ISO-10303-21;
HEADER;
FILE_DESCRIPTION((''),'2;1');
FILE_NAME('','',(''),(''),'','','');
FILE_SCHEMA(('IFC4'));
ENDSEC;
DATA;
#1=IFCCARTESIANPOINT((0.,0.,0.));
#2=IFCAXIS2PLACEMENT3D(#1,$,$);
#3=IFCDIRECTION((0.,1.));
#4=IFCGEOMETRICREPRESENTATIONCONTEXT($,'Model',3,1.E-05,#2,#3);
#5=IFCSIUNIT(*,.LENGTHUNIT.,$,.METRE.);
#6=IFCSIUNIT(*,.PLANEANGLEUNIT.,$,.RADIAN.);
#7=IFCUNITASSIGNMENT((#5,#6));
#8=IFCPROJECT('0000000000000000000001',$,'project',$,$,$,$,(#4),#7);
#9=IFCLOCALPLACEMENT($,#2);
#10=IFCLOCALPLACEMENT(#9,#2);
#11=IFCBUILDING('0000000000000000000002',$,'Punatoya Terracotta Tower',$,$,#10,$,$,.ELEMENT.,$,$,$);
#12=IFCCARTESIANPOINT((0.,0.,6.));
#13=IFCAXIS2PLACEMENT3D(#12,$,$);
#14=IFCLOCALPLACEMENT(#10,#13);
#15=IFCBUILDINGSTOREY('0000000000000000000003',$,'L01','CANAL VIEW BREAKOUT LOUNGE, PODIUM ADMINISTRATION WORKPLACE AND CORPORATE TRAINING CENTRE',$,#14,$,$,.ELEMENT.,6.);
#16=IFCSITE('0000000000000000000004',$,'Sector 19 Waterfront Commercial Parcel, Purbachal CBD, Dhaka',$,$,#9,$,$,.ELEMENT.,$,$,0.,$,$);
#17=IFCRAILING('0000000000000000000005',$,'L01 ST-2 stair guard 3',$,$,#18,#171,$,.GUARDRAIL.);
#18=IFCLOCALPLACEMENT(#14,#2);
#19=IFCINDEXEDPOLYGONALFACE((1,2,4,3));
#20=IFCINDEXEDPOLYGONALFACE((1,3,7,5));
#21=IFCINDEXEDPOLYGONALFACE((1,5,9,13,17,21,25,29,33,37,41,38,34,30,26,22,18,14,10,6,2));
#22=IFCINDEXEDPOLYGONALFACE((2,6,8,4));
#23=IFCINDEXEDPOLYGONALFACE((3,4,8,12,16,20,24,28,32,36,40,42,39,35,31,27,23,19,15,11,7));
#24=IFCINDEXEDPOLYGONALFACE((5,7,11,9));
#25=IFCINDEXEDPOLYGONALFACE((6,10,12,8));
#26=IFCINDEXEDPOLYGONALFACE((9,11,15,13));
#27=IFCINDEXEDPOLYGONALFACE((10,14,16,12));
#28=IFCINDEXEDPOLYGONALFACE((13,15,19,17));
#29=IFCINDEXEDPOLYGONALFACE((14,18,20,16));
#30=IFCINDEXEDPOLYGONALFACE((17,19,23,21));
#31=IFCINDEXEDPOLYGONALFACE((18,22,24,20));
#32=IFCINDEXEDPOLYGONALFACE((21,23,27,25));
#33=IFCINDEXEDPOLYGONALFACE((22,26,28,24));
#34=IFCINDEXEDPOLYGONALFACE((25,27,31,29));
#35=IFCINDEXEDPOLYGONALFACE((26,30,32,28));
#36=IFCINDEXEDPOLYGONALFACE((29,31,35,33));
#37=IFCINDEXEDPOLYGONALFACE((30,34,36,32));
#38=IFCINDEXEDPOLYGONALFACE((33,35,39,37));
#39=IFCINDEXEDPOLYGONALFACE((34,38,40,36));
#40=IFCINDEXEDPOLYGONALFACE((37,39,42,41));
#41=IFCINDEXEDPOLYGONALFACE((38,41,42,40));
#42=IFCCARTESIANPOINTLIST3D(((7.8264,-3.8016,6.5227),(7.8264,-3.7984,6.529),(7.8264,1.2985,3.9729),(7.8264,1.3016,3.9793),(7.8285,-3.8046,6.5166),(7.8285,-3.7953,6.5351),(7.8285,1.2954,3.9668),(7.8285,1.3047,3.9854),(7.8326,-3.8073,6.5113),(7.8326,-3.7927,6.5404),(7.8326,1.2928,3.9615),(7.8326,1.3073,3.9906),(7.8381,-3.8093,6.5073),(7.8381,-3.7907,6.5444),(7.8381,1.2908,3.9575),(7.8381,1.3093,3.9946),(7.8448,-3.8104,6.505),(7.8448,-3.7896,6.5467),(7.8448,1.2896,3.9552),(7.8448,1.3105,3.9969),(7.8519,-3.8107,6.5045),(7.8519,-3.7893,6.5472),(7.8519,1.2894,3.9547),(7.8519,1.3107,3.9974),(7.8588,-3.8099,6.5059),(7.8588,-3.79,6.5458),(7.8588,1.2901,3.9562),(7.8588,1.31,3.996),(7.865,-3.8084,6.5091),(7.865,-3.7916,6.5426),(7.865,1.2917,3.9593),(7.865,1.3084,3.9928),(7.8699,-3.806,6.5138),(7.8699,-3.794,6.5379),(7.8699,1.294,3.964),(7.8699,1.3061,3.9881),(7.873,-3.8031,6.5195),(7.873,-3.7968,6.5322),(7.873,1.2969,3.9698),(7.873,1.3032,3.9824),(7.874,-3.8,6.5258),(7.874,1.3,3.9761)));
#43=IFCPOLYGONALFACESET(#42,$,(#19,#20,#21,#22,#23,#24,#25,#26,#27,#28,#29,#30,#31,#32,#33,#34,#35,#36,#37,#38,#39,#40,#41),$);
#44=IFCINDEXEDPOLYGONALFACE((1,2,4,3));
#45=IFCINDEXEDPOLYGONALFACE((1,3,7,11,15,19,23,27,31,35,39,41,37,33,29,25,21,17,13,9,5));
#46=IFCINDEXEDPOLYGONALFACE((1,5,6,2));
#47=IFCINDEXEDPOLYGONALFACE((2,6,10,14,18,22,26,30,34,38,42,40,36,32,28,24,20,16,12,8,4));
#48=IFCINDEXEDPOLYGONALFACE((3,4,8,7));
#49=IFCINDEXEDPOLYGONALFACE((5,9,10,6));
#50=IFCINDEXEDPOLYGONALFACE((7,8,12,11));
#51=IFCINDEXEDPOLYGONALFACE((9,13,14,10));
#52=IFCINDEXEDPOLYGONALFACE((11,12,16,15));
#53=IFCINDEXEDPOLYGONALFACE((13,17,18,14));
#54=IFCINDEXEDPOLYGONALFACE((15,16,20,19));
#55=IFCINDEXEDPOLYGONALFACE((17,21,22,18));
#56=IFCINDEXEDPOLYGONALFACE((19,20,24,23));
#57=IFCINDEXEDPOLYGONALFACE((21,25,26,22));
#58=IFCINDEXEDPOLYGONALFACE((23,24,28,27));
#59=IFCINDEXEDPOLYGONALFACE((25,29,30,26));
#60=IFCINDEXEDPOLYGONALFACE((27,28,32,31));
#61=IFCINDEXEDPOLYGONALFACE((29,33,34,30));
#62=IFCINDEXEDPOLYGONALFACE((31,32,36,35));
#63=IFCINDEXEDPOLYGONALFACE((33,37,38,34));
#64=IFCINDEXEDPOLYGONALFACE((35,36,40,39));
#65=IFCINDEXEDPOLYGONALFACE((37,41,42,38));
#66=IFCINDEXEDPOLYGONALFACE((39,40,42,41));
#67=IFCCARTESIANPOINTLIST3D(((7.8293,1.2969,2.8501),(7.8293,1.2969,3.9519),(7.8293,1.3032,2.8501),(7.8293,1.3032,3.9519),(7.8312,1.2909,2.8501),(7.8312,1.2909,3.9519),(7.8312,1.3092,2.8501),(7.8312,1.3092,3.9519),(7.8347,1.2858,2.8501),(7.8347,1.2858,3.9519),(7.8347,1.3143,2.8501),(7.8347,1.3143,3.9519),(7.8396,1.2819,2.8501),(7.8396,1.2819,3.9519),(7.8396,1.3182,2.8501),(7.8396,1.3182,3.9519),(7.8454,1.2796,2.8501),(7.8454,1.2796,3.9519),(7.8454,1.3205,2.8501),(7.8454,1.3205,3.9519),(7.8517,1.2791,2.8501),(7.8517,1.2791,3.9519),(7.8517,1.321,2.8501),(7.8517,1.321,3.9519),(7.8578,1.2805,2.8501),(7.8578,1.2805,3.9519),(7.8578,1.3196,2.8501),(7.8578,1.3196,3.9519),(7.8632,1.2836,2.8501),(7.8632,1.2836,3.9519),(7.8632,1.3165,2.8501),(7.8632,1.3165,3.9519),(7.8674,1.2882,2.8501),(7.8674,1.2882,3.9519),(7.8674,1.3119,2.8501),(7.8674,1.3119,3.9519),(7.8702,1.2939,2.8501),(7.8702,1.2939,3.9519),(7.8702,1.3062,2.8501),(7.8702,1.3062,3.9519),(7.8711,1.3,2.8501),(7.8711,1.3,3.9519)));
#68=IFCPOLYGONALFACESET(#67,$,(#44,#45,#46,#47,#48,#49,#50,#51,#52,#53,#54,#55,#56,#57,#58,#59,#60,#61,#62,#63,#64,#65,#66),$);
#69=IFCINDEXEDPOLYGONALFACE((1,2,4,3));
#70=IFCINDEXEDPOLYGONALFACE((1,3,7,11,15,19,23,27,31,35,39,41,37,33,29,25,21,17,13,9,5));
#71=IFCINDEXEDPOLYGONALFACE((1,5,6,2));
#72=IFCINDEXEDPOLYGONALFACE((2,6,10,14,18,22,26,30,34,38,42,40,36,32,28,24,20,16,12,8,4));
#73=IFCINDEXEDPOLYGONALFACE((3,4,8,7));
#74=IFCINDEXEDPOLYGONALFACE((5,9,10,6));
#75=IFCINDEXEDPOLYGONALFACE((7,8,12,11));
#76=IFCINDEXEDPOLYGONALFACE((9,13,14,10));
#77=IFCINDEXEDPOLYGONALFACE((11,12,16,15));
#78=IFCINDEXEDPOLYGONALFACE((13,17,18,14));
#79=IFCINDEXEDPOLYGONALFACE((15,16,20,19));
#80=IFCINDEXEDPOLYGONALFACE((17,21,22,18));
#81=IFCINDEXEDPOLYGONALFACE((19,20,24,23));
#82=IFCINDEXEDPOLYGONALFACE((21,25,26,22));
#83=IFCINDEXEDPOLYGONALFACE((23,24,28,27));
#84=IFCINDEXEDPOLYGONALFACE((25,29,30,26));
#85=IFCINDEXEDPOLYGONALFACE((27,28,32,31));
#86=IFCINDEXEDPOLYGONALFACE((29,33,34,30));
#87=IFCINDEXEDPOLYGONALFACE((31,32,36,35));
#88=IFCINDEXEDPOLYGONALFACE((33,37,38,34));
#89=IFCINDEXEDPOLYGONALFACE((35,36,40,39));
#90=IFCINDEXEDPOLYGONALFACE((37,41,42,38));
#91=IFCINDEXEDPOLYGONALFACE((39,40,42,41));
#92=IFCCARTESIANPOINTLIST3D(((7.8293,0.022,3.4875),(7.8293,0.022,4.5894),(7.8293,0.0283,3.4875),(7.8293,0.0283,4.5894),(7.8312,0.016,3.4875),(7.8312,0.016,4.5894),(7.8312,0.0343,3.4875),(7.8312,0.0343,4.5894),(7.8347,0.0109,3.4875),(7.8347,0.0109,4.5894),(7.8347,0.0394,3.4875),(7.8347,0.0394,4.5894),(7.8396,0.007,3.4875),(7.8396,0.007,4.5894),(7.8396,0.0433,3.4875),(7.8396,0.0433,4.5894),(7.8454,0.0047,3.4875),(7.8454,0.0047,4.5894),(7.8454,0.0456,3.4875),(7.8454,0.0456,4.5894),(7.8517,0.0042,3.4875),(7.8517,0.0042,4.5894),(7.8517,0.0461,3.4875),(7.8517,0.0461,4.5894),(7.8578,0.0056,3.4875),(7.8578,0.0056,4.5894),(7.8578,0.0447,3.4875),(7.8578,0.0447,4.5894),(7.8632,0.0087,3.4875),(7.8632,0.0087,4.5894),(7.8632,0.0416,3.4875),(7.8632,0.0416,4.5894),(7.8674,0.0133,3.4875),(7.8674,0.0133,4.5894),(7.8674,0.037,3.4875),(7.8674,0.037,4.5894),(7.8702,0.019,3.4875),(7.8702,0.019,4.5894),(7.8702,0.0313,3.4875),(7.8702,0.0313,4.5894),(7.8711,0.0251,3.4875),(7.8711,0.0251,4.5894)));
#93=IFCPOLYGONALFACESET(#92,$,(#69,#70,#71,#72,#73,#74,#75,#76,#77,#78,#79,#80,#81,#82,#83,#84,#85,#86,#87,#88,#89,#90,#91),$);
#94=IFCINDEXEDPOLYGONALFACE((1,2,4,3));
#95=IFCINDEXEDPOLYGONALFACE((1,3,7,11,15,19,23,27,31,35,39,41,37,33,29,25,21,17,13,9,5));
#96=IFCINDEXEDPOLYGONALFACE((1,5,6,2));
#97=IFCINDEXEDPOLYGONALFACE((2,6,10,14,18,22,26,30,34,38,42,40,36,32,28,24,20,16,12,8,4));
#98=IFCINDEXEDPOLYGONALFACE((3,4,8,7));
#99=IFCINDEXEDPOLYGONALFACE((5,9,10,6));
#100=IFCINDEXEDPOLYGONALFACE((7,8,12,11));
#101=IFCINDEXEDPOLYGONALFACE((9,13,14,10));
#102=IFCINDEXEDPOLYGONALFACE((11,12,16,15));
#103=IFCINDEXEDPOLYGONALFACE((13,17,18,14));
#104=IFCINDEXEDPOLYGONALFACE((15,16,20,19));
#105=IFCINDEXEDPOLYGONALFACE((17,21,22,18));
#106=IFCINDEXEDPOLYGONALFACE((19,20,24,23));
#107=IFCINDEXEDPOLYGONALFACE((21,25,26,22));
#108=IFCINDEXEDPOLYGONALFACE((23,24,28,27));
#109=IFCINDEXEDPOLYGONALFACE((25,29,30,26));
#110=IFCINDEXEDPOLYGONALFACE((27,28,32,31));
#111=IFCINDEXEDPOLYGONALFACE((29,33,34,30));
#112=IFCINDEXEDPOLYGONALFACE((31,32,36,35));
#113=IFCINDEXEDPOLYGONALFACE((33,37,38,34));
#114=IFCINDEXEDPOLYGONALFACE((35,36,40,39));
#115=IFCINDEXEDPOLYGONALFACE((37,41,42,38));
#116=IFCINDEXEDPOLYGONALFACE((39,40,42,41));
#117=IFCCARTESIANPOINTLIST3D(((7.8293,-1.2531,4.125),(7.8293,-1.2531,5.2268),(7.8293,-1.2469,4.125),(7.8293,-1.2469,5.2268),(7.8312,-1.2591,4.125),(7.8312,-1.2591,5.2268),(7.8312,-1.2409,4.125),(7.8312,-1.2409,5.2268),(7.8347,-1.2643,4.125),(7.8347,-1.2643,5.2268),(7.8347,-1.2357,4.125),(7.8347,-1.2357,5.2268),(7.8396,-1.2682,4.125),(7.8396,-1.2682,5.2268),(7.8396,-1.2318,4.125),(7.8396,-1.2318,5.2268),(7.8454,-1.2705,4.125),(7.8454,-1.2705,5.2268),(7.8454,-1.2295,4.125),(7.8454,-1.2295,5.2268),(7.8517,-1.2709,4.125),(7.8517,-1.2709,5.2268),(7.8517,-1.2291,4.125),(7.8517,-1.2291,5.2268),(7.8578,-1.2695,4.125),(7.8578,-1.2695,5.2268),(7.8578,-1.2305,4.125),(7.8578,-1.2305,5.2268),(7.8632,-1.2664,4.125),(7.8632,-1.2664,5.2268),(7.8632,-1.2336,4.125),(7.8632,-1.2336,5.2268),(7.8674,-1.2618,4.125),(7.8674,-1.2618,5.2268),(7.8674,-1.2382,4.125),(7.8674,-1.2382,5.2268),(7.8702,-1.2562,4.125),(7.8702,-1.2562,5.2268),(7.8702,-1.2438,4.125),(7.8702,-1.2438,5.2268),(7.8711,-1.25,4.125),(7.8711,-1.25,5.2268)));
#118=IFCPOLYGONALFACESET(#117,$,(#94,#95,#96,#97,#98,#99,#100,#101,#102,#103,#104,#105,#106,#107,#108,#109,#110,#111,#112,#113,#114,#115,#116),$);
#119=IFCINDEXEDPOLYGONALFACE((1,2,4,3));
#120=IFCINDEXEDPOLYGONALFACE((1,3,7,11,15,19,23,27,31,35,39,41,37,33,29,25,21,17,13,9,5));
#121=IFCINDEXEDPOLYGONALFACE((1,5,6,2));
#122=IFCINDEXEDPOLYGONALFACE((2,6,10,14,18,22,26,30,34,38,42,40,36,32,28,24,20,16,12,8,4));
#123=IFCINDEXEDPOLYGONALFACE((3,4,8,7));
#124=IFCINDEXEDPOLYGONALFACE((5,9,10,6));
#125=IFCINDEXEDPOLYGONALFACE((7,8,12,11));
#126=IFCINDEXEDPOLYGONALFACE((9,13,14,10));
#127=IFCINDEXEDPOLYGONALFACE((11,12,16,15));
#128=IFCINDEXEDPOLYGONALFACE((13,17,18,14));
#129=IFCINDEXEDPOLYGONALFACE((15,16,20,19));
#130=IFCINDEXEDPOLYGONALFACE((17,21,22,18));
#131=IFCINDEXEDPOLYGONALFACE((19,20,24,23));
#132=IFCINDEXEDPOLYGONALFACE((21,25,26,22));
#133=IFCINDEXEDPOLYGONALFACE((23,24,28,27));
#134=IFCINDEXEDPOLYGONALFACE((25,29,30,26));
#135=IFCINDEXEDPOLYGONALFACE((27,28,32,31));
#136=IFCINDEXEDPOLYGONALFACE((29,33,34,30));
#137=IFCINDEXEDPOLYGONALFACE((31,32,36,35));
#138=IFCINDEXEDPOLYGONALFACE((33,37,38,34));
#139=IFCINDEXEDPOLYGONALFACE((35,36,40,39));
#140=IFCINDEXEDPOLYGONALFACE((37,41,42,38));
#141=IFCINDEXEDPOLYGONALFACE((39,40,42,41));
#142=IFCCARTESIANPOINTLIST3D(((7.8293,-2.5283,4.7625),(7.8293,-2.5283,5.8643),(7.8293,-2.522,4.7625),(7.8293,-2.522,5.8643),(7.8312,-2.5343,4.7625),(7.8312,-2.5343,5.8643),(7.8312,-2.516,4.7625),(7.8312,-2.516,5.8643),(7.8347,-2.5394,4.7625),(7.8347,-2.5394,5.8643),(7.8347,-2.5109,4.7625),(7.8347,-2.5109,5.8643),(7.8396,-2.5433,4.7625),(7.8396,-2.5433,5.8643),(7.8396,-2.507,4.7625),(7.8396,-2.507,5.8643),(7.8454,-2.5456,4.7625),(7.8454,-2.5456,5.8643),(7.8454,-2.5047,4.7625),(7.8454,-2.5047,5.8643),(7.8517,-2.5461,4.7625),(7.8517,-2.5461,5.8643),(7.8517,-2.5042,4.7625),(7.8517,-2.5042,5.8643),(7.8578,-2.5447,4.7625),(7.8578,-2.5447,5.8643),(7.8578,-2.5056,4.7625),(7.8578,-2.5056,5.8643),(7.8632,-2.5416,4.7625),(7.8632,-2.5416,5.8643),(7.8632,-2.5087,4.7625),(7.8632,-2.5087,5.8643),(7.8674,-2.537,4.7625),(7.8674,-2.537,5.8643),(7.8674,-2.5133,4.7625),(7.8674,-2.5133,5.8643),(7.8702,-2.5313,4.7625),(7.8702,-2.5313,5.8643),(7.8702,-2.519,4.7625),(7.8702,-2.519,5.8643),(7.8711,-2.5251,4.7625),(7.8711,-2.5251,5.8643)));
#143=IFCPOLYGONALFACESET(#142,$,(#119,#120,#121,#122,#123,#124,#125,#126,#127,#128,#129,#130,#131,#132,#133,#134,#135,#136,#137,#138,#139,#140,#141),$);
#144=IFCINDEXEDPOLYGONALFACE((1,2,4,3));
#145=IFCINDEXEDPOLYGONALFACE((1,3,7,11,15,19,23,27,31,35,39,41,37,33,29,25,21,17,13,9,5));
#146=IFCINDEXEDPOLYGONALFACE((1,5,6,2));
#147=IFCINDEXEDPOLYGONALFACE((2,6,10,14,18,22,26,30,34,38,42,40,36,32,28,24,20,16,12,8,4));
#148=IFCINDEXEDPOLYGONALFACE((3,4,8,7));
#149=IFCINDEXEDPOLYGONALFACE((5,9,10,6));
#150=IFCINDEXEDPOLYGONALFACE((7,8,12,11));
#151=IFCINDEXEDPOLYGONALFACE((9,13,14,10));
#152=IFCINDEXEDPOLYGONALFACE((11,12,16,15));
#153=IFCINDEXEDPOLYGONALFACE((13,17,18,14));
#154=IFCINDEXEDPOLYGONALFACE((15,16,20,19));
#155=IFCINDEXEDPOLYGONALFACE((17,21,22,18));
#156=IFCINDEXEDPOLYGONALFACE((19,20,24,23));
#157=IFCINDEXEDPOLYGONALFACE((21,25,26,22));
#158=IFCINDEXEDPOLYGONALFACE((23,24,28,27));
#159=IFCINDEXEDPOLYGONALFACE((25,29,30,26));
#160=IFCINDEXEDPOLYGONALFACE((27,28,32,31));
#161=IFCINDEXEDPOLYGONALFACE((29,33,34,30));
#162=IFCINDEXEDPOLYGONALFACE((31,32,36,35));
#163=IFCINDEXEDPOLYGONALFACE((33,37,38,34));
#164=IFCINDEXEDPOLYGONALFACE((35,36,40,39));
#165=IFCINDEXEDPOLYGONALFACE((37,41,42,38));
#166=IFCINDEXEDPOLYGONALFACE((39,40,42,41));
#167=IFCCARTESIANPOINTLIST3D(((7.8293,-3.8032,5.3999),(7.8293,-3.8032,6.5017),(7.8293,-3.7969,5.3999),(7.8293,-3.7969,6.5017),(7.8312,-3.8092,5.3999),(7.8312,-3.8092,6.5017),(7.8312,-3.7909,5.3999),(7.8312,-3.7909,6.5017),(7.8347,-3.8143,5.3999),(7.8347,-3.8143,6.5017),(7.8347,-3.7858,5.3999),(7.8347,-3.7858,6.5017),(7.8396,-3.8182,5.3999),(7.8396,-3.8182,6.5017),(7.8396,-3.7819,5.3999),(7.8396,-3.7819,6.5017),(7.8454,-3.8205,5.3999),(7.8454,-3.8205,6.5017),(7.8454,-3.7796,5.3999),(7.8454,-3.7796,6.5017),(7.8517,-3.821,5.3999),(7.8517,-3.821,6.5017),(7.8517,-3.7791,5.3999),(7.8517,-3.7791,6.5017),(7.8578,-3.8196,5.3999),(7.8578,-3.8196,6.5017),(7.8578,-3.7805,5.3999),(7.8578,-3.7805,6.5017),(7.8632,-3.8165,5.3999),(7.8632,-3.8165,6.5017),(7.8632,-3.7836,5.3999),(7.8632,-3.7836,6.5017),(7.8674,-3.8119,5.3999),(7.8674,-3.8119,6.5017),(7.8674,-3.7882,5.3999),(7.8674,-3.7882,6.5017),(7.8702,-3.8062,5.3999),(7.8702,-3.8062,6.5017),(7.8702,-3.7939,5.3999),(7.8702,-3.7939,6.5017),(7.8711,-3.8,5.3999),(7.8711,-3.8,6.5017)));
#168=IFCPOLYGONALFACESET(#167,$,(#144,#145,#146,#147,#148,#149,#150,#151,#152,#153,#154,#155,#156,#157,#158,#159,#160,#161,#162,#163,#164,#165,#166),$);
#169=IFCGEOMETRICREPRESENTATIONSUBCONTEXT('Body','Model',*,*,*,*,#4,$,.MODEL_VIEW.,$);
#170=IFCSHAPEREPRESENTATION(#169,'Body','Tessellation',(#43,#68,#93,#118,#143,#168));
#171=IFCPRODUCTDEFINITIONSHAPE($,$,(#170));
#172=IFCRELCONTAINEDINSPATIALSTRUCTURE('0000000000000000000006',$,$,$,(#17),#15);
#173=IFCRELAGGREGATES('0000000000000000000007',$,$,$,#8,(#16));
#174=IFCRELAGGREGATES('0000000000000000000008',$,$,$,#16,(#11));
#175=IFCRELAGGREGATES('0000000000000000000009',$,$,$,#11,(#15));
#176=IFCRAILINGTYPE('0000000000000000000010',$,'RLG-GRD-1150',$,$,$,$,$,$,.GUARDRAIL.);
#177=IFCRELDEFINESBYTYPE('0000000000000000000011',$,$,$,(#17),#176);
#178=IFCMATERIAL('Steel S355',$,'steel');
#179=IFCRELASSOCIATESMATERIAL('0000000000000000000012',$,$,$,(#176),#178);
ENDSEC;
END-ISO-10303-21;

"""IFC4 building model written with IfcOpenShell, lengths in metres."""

from ifc_helpers import new_model, si_unit, direction, frame, origin, origin_2d, place, context, subcontext, project, spatial, circle, extrude, material, type_object, element, save


model = new_model("IFC4")

# Units and contexts
model_context = context("Model", 3, precision=1e-05, world=origin(), true_north=direction((0.0, 1.0)))
body_context = subcontext(model_context, "Body", "Model", "MODEL_VIEW")
ifc_project = project(units=[si_unit("LENGTHUNIT", "METRE"), si_unit("PLANEANGLEUNIT", "RADIAN")], contexts=[model_context])

# Site, building, storey
site_placement = place(None, origin())
site = spatial("IfcSite", under=ifc_project, at=site_placement, Name="Sector 19 Waterfront Commercial Parcel, Purbachal CBD, Dhaka", CompositionType="ELEMENT", RefElevation=0.0)
building_placement = place(site_placement, origin())
building = spatial("IfcBuilding", under=site, at=building_placement, Name="Punatoya Terracotta Tower", CompositionType="ELEMENT")
storey_placement = place(building_placement, frame((0.0, 0.0, 6.0)))
storey = spatial("IfcBuildingStorey", under=building, at=storey_placement, Name="L01", Description="CANAL VIEW BREAKOUT LOUNGE, PODIUM ADMINISTRATION WORKPLACE AND CORPORATE TRAINING CENTRE", CompositionType="ELEMENT", Elevation=6.0)

# Shared definitions
ifc_material_1 = material(Name="Steel S355", Category="steel")

# Railing
railing_type_1 = type_object("IfcRailingType", Name="RLG-GRD-1150", PredefinedType="GUARDRAIL", material=ifc_material_1)
railing_1_placement = place(storey_placement, frame((7.8501, 1.3, 2.8501)))
element("IfcRailing", 1, at=railing_1_placement, inside=storey, type_object=railing_type_1, Name="L01 ST-2 stair guard 3", PredefinedType="GUARDRAIL", context=body_context, shape_type="SweptSolid", body=[
    extrude(circle(Radius=0.0239, at=origin_2d()), frame((0.0, 0.0, 1.126), z_axis=(0.0, -0.894444, 0.447179), x_axis=(1.0, 0.0, 0.0)), (0.0, 0.0, 1.0), 5.7019),
    extrude(circle(Radius=0.021, at=origin_2d()), origin(), (0.0, 0.0, 1.0), 1.1018),
    extrude(circle(Radius=0.021, at=origin_2d()), frame((0.0, -1.2749, 0.6375)), (0.0, 0.0, 1.0), 1.1018),
    extrude(circle(Radius=0.021, at=origin_2d()), frame((0.0, -2.55, 1.2749)), (0.0, 0.0, 1.0), 1.1018),
    extrude(circle(Radius=0.021, at=origin_2d()), frame((0.0, -3.8252, 1.9124)), (0.0, 0.0, 1.0), 1.1018),
    extrude(circle(Radius=0.021, at=origin_2d()), frame((0.0, -5.1001, 2.5498)), (0.0, 0.0, 1.0), 1.1018),
])

save(model, "model.ifc")
